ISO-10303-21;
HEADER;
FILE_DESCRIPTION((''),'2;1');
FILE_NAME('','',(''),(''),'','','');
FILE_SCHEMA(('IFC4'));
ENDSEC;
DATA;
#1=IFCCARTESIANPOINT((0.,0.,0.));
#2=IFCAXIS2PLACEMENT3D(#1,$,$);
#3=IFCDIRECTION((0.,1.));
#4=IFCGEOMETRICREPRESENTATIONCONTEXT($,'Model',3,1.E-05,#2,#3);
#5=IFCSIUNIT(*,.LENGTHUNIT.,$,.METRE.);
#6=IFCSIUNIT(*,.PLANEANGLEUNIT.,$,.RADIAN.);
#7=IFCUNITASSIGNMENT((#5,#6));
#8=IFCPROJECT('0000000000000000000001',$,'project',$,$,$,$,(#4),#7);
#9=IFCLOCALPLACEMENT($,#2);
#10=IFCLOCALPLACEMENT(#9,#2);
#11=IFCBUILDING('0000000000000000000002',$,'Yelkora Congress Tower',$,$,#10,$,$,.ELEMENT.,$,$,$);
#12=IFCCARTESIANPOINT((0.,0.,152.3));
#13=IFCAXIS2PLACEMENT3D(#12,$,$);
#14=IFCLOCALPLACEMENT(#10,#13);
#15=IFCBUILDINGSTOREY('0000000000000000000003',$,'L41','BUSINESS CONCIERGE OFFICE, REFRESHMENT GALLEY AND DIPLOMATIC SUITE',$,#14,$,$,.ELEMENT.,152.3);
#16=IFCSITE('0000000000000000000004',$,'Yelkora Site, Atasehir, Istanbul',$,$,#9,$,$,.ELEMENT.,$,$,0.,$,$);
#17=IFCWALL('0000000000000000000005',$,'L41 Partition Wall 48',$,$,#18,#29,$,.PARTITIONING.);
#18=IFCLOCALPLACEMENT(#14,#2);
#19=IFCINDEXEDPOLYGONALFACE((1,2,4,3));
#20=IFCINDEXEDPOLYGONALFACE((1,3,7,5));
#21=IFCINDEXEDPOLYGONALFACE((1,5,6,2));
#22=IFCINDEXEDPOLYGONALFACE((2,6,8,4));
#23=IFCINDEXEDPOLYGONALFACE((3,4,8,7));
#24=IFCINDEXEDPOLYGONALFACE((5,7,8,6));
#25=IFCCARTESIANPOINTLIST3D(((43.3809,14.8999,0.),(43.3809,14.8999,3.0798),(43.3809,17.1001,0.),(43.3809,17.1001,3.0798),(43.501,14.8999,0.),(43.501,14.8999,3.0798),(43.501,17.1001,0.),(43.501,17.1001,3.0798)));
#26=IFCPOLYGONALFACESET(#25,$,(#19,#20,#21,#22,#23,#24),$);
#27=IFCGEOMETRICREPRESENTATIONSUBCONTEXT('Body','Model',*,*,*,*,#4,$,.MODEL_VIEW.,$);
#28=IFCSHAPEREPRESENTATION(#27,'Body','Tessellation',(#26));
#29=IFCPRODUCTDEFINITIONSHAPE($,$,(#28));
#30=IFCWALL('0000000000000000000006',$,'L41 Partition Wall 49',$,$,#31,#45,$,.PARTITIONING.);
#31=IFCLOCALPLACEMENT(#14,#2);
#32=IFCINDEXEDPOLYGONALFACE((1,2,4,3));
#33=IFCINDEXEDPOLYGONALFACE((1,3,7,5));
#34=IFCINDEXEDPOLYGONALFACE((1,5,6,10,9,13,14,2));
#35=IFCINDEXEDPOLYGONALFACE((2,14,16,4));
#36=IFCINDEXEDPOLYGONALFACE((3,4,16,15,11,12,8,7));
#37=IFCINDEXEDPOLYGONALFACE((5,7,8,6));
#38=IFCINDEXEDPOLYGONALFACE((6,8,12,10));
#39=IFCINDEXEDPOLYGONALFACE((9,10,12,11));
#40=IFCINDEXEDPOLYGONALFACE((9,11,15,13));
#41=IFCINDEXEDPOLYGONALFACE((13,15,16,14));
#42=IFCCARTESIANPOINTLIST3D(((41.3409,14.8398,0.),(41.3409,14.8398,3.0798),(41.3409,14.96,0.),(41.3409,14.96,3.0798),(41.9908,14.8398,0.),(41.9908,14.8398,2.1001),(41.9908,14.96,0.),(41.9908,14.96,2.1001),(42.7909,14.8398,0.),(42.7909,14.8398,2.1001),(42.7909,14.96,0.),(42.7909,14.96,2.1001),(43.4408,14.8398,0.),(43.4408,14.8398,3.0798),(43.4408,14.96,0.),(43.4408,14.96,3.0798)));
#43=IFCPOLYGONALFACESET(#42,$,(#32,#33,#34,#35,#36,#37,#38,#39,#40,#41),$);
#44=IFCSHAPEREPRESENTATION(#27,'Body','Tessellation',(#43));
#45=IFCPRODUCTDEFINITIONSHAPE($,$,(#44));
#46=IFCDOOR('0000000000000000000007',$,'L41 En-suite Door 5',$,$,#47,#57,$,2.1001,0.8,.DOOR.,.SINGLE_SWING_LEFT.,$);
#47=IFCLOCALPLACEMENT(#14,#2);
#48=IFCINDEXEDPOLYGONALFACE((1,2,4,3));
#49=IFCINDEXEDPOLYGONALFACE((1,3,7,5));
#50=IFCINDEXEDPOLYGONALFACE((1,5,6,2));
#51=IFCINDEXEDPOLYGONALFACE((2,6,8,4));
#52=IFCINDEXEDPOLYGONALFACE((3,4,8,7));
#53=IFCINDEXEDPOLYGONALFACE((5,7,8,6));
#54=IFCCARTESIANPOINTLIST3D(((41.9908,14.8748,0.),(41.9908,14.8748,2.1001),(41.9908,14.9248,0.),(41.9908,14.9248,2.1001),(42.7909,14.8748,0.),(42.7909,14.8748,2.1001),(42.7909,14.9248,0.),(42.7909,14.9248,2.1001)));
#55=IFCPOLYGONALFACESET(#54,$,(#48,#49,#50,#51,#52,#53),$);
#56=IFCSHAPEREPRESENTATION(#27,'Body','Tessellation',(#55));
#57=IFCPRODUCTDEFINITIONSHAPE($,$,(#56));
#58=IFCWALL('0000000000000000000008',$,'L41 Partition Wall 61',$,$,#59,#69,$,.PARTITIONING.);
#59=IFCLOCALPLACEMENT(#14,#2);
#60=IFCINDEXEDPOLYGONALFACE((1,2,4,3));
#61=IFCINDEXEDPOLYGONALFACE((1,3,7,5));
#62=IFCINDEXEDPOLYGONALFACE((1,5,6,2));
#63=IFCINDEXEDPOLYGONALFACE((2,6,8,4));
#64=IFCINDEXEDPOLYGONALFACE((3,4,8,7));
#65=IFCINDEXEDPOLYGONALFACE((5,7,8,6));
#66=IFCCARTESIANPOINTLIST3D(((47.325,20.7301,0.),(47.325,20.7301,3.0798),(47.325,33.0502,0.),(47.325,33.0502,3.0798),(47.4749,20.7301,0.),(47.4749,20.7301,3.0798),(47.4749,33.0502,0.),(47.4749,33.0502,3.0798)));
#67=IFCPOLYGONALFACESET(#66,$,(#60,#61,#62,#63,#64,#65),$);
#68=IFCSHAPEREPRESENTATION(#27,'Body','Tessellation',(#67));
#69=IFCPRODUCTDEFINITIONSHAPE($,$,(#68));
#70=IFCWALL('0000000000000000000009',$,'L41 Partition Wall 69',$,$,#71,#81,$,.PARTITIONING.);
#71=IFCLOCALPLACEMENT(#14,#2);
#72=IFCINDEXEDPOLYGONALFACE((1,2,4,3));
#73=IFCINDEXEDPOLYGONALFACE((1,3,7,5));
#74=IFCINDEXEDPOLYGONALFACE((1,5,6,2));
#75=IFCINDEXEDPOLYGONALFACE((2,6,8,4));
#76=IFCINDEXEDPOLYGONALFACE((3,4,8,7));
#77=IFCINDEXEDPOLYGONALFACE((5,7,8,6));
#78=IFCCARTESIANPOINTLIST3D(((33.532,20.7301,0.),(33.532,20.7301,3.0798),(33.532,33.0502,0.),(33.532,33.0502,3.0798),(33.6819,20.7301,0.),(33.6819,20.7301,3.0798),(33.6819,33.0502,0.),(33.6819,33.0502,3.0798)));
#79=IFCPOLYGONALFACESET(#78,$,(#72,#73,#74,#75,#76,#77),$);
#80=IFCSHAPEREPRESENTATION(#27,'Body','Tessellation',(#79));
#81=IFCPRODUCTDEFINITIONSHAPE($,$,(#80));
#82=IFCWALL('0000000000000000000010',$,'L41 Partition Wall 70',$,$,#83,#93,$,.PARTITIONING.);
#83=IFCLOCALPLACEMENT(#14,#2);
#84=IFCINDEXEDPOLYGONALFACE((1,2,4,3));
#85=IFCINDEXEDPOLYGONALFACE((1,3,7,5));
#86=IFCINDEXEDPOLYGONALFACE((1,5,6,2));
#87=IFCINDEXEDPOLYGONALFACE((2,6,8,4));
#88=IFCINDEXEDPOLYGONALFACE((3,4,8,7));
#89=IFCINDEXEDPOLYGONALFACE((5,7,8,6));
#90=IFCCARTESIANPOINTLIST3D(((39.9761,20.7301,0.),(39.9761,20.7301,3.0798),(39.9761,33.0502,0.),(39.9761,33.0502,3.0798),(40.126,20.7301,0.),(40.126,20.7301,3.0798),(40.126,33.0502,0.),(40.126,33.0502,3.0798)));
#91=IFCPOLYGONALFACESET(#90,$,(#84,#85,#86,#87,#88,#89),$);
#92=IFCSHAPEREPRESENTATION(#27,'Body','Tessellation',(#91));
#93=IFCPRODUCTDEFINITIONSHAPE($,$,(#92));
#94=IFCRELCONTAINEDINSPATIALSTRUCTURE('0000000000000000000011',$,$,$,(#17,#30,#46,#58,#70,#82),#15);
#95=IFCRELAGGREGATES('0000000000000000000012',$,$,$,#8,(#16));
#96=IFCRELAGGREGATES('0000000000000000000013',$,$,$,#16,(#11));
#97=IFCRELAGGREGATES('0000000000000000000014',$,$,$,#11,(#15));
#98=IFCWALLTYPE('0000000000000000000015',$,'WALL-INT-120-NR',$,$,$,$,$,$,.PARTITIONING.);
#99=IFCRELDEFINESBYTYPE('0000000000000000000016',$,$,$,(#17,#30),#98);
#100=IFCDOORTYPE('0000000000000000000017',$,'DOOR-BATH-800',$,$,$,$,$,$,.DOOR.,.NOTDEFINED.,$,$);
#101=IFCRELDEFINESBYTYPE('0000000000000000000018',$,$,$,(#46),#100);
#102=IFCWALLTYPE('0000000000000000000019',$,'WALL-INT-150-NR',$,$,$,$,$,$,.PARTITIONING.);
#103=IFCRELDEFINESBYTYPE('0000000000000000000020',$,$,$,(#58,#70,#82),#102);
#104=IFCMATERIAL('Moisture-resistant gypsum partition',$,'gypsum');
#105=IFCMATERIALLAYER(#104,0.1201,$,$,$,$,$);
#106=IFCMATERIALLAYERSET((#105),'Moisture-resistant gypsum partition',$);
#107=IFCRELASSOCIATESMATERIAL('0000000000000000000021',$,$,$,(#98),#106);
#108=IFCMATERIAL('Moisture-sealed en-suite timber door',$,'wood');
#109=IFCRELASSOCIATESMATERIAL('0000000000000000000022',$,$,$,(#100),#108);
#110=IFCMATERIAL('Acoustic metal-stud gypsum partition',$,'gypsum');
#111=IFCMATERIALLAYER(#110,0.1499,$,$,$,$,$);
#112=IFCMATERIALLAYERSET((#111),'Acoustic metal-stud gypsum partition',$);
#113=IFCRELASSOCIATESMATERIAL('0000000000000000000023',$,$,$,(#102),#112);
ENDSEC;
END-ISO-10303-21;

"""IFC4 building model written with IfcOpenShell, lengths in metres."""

from ifc_helpers import new_model, si_unit, direction, frame, frame_2d, origin, place, context, subcontext, project, spatial, rectangle, extrude, material, layer, layer_set, type_object, element, fill, save


model = new_model("IFC4")

# Units and contexts
model_context = context("Model", 3, precision=1e-05, world=origin(), true_north=direction((0.0, 1.0)))
body_context = subcontext(model_context, "Body", "Model", "MODEL_VIEW")
ifc_project = project(units=[si_unit("LENGTHUNIT", "METRE"), si_unit("PLANEANGLEUNIT", "RADIAN")], contexts=[model_context])

# Site, building, storey
site_placement = place(None, origin())
site = spatial("IfcSite", under=ifc_project, at=site_placement, Name="Yelkora Site, Atasehir, Istanbul", CompositionType="ELEMENT", RefElevation=0.0)
building_placement = place(site_placement, origin())
building = spatial("IfcBuilding", under=site, at=building_placement, Name="Yelkora Congress Tower", CompositionType="ELEMENT")
storey_placement = place(building_placement, frame((0.0, 0.0, 152.3)))
storey = spatial("IfcBuildingStorey", under=building, at=storey_placement, Name="L41", Description="BUSINESS CONCIERGE OFFICE, REFRESHMENT GALLEY AND DIPLOMATIC SUITE", CompositionType="ELEMENT", Elevation=152.3)

# Shared definitions
ifc_material_1 = material(Name="Moisture-resistant gypsum partition", Category="gypsum")
ifc_layer_1 = layer(ifc_material_1, 0.1201)
ifc_layer_set_1 = layer_set([ifc_layer_1], Name="Moisture-resistant gypsum partition")
wall_type_1 = type_object("IfcWallType", Name="WALL-INT-120-NR", PredefinedType="PARTITIONING", material=ifc_layer_set_1)

# Shared definitions
ifc_material_2 = material(Name="Moisture-sealed en-suite timber door", Category="wood")
door_type = type_object("IfcDoorType", Name="DOOR-BATH-800", OperationType="NOTDEFINED", PredefinedType="DOOR", material=ifc_material_2)

# Wall
for number, where, z_axis, x_axis, name in (
    (1, (43.4409, 14.8999, 0.0), (0.0, 0.0, 1.0), (0.0, 1.0, 0.0), "L41 Partition Wall 48"),
):
    element("IfcWall", number, at=place(storey_placement, frame(where, z_axis=z_axis, x_axis=x_axis)), inside=storey, type_object=wall_type_1, Name=name, PredefinedType="PARTITIONING", context=body_context, shape_type="SweptSolid", body=[
        extrude(rectangle(XDim=2.2002, YDim=0.1201, at=frame_2d((1.1001, 0.0))), origin(), (0.0, 0.0, 1.0), 3.0798),
    ])

# Wall, opening, door
wall_1_placement = place(storey_placement, frame((41.3411, 14.8999, 0.0), z_axis=(0.0, 0.0, 1.0), x_axis=(1.0, 0.0, 0.0)))
wall_1 = element("IfcWall", 2, at=wall_1_placement, inside=storey, type_object=wall_type_1, Name="L41 Partition Wall 49", PredefinedType="PARTITIONING", context=body_context, shape_type="SweptSolid", body=[
    extrude(rectangle(XDim=2.0999, YDim=0.1201, at=frame_2d((1.0498, 0.0))), origin(), (0.0, 0.0, 1.0), 3.0798),
])
opening_1_placement = place(wall_1_placement, frame((0.6499, 0.0, 0.0)))
opening_1 = element("IfcOpeningElement", 3, at=opening_1_placement, cuts=wall_1, PredefinedType="OPENING", context=body_context, shape_type="SweptSolid", body=[
    extrude(rectangle(XDim=0.8, YDim=2.1001, at=frame_2d((0.3999, 1.05))), frame((0.0, 0.0701, 0.0), z_axis=(0.0, -1.0, 0.0), x_axis=(1.0, 0.0, 0.0)), (0.0, 0.0, 1.0), 0.1401),
])
door_1_placement = place(opening_1_placement, origin())
door_1 = element("IfcDoor", 4, at=door_1_placement, inside=storey, type_object=door_type, Name="L41 En-suite Door 5", OperationType="SINGLE_SWING_LEFT", OverallHeight=2.1001, OverallWidth=0.8, PredefinedType="DOOR", context=body_context, shape_type="SweptSolid", body=[
    extrude(rectangle(XDim=0.8, YDim=2.1001, at=frame_2d((0.3999, 1.05))), frame((0.0, 0.0249, 0.0), z_axis=(0.0, -1.0, 0.0), x_axis=(1.0, 0.0, 0.0)), (0.0, 0.0, 1.0), 0.05),
])
fill(opening_1, door_1)

# Walls
ifc_material_3 = material(Name="Acoustic metal-stud gypsum partition", Category="gypsum")
ifc_layer_2 = layer(ifc_material_3, 0.1499)
ifc_layer_set_2 = layer_set([ifc_layer_2], Name="Acoustic metal-stud gypsum partition")
wall_type_2 = type_object("IfcWallType", Name="WALL-INT-150-NR", PredefinedType="PARTITIONING", material=ifc_layer_set_2)
for number, where, z_axis, x_axis, name in (
    (5, (47.3999, 20.73, 0.0), (0.0, 0.0, 1.0), (0.0, 1.0, 0.0), "L41 Partition Wall 61"),
    (6, (33.6069, 20.73, 0.0), (0.0, 0.0, 1.0), (0.0, 1.0, 0.0), "L41 Partition Wall 69"),
    (7, (40.051, 20.73, 0.0), (0.0, 0.0, 1.0), (0.0, 1.0, 0.0), "L41 Partition Wall 70"),
):
    element("IfcWall", number, at=place(storey_placement, frame(where, z_axis=z_axis, x_axis=x_axis)), inside=storey, type_object=wall_type_2, Name=name, PredefinedType="PARTITIONING", context=body_context, shape_type="SweptSolid", body=[
        extrude(rectangle(XDim=12.3201, YDim=0.1499, at=frame_2d((6.1602, 0.0))), origin(), (0.0, 0.0, 1.0), 3.0798),
    ])

save(model, "model.ifc")
